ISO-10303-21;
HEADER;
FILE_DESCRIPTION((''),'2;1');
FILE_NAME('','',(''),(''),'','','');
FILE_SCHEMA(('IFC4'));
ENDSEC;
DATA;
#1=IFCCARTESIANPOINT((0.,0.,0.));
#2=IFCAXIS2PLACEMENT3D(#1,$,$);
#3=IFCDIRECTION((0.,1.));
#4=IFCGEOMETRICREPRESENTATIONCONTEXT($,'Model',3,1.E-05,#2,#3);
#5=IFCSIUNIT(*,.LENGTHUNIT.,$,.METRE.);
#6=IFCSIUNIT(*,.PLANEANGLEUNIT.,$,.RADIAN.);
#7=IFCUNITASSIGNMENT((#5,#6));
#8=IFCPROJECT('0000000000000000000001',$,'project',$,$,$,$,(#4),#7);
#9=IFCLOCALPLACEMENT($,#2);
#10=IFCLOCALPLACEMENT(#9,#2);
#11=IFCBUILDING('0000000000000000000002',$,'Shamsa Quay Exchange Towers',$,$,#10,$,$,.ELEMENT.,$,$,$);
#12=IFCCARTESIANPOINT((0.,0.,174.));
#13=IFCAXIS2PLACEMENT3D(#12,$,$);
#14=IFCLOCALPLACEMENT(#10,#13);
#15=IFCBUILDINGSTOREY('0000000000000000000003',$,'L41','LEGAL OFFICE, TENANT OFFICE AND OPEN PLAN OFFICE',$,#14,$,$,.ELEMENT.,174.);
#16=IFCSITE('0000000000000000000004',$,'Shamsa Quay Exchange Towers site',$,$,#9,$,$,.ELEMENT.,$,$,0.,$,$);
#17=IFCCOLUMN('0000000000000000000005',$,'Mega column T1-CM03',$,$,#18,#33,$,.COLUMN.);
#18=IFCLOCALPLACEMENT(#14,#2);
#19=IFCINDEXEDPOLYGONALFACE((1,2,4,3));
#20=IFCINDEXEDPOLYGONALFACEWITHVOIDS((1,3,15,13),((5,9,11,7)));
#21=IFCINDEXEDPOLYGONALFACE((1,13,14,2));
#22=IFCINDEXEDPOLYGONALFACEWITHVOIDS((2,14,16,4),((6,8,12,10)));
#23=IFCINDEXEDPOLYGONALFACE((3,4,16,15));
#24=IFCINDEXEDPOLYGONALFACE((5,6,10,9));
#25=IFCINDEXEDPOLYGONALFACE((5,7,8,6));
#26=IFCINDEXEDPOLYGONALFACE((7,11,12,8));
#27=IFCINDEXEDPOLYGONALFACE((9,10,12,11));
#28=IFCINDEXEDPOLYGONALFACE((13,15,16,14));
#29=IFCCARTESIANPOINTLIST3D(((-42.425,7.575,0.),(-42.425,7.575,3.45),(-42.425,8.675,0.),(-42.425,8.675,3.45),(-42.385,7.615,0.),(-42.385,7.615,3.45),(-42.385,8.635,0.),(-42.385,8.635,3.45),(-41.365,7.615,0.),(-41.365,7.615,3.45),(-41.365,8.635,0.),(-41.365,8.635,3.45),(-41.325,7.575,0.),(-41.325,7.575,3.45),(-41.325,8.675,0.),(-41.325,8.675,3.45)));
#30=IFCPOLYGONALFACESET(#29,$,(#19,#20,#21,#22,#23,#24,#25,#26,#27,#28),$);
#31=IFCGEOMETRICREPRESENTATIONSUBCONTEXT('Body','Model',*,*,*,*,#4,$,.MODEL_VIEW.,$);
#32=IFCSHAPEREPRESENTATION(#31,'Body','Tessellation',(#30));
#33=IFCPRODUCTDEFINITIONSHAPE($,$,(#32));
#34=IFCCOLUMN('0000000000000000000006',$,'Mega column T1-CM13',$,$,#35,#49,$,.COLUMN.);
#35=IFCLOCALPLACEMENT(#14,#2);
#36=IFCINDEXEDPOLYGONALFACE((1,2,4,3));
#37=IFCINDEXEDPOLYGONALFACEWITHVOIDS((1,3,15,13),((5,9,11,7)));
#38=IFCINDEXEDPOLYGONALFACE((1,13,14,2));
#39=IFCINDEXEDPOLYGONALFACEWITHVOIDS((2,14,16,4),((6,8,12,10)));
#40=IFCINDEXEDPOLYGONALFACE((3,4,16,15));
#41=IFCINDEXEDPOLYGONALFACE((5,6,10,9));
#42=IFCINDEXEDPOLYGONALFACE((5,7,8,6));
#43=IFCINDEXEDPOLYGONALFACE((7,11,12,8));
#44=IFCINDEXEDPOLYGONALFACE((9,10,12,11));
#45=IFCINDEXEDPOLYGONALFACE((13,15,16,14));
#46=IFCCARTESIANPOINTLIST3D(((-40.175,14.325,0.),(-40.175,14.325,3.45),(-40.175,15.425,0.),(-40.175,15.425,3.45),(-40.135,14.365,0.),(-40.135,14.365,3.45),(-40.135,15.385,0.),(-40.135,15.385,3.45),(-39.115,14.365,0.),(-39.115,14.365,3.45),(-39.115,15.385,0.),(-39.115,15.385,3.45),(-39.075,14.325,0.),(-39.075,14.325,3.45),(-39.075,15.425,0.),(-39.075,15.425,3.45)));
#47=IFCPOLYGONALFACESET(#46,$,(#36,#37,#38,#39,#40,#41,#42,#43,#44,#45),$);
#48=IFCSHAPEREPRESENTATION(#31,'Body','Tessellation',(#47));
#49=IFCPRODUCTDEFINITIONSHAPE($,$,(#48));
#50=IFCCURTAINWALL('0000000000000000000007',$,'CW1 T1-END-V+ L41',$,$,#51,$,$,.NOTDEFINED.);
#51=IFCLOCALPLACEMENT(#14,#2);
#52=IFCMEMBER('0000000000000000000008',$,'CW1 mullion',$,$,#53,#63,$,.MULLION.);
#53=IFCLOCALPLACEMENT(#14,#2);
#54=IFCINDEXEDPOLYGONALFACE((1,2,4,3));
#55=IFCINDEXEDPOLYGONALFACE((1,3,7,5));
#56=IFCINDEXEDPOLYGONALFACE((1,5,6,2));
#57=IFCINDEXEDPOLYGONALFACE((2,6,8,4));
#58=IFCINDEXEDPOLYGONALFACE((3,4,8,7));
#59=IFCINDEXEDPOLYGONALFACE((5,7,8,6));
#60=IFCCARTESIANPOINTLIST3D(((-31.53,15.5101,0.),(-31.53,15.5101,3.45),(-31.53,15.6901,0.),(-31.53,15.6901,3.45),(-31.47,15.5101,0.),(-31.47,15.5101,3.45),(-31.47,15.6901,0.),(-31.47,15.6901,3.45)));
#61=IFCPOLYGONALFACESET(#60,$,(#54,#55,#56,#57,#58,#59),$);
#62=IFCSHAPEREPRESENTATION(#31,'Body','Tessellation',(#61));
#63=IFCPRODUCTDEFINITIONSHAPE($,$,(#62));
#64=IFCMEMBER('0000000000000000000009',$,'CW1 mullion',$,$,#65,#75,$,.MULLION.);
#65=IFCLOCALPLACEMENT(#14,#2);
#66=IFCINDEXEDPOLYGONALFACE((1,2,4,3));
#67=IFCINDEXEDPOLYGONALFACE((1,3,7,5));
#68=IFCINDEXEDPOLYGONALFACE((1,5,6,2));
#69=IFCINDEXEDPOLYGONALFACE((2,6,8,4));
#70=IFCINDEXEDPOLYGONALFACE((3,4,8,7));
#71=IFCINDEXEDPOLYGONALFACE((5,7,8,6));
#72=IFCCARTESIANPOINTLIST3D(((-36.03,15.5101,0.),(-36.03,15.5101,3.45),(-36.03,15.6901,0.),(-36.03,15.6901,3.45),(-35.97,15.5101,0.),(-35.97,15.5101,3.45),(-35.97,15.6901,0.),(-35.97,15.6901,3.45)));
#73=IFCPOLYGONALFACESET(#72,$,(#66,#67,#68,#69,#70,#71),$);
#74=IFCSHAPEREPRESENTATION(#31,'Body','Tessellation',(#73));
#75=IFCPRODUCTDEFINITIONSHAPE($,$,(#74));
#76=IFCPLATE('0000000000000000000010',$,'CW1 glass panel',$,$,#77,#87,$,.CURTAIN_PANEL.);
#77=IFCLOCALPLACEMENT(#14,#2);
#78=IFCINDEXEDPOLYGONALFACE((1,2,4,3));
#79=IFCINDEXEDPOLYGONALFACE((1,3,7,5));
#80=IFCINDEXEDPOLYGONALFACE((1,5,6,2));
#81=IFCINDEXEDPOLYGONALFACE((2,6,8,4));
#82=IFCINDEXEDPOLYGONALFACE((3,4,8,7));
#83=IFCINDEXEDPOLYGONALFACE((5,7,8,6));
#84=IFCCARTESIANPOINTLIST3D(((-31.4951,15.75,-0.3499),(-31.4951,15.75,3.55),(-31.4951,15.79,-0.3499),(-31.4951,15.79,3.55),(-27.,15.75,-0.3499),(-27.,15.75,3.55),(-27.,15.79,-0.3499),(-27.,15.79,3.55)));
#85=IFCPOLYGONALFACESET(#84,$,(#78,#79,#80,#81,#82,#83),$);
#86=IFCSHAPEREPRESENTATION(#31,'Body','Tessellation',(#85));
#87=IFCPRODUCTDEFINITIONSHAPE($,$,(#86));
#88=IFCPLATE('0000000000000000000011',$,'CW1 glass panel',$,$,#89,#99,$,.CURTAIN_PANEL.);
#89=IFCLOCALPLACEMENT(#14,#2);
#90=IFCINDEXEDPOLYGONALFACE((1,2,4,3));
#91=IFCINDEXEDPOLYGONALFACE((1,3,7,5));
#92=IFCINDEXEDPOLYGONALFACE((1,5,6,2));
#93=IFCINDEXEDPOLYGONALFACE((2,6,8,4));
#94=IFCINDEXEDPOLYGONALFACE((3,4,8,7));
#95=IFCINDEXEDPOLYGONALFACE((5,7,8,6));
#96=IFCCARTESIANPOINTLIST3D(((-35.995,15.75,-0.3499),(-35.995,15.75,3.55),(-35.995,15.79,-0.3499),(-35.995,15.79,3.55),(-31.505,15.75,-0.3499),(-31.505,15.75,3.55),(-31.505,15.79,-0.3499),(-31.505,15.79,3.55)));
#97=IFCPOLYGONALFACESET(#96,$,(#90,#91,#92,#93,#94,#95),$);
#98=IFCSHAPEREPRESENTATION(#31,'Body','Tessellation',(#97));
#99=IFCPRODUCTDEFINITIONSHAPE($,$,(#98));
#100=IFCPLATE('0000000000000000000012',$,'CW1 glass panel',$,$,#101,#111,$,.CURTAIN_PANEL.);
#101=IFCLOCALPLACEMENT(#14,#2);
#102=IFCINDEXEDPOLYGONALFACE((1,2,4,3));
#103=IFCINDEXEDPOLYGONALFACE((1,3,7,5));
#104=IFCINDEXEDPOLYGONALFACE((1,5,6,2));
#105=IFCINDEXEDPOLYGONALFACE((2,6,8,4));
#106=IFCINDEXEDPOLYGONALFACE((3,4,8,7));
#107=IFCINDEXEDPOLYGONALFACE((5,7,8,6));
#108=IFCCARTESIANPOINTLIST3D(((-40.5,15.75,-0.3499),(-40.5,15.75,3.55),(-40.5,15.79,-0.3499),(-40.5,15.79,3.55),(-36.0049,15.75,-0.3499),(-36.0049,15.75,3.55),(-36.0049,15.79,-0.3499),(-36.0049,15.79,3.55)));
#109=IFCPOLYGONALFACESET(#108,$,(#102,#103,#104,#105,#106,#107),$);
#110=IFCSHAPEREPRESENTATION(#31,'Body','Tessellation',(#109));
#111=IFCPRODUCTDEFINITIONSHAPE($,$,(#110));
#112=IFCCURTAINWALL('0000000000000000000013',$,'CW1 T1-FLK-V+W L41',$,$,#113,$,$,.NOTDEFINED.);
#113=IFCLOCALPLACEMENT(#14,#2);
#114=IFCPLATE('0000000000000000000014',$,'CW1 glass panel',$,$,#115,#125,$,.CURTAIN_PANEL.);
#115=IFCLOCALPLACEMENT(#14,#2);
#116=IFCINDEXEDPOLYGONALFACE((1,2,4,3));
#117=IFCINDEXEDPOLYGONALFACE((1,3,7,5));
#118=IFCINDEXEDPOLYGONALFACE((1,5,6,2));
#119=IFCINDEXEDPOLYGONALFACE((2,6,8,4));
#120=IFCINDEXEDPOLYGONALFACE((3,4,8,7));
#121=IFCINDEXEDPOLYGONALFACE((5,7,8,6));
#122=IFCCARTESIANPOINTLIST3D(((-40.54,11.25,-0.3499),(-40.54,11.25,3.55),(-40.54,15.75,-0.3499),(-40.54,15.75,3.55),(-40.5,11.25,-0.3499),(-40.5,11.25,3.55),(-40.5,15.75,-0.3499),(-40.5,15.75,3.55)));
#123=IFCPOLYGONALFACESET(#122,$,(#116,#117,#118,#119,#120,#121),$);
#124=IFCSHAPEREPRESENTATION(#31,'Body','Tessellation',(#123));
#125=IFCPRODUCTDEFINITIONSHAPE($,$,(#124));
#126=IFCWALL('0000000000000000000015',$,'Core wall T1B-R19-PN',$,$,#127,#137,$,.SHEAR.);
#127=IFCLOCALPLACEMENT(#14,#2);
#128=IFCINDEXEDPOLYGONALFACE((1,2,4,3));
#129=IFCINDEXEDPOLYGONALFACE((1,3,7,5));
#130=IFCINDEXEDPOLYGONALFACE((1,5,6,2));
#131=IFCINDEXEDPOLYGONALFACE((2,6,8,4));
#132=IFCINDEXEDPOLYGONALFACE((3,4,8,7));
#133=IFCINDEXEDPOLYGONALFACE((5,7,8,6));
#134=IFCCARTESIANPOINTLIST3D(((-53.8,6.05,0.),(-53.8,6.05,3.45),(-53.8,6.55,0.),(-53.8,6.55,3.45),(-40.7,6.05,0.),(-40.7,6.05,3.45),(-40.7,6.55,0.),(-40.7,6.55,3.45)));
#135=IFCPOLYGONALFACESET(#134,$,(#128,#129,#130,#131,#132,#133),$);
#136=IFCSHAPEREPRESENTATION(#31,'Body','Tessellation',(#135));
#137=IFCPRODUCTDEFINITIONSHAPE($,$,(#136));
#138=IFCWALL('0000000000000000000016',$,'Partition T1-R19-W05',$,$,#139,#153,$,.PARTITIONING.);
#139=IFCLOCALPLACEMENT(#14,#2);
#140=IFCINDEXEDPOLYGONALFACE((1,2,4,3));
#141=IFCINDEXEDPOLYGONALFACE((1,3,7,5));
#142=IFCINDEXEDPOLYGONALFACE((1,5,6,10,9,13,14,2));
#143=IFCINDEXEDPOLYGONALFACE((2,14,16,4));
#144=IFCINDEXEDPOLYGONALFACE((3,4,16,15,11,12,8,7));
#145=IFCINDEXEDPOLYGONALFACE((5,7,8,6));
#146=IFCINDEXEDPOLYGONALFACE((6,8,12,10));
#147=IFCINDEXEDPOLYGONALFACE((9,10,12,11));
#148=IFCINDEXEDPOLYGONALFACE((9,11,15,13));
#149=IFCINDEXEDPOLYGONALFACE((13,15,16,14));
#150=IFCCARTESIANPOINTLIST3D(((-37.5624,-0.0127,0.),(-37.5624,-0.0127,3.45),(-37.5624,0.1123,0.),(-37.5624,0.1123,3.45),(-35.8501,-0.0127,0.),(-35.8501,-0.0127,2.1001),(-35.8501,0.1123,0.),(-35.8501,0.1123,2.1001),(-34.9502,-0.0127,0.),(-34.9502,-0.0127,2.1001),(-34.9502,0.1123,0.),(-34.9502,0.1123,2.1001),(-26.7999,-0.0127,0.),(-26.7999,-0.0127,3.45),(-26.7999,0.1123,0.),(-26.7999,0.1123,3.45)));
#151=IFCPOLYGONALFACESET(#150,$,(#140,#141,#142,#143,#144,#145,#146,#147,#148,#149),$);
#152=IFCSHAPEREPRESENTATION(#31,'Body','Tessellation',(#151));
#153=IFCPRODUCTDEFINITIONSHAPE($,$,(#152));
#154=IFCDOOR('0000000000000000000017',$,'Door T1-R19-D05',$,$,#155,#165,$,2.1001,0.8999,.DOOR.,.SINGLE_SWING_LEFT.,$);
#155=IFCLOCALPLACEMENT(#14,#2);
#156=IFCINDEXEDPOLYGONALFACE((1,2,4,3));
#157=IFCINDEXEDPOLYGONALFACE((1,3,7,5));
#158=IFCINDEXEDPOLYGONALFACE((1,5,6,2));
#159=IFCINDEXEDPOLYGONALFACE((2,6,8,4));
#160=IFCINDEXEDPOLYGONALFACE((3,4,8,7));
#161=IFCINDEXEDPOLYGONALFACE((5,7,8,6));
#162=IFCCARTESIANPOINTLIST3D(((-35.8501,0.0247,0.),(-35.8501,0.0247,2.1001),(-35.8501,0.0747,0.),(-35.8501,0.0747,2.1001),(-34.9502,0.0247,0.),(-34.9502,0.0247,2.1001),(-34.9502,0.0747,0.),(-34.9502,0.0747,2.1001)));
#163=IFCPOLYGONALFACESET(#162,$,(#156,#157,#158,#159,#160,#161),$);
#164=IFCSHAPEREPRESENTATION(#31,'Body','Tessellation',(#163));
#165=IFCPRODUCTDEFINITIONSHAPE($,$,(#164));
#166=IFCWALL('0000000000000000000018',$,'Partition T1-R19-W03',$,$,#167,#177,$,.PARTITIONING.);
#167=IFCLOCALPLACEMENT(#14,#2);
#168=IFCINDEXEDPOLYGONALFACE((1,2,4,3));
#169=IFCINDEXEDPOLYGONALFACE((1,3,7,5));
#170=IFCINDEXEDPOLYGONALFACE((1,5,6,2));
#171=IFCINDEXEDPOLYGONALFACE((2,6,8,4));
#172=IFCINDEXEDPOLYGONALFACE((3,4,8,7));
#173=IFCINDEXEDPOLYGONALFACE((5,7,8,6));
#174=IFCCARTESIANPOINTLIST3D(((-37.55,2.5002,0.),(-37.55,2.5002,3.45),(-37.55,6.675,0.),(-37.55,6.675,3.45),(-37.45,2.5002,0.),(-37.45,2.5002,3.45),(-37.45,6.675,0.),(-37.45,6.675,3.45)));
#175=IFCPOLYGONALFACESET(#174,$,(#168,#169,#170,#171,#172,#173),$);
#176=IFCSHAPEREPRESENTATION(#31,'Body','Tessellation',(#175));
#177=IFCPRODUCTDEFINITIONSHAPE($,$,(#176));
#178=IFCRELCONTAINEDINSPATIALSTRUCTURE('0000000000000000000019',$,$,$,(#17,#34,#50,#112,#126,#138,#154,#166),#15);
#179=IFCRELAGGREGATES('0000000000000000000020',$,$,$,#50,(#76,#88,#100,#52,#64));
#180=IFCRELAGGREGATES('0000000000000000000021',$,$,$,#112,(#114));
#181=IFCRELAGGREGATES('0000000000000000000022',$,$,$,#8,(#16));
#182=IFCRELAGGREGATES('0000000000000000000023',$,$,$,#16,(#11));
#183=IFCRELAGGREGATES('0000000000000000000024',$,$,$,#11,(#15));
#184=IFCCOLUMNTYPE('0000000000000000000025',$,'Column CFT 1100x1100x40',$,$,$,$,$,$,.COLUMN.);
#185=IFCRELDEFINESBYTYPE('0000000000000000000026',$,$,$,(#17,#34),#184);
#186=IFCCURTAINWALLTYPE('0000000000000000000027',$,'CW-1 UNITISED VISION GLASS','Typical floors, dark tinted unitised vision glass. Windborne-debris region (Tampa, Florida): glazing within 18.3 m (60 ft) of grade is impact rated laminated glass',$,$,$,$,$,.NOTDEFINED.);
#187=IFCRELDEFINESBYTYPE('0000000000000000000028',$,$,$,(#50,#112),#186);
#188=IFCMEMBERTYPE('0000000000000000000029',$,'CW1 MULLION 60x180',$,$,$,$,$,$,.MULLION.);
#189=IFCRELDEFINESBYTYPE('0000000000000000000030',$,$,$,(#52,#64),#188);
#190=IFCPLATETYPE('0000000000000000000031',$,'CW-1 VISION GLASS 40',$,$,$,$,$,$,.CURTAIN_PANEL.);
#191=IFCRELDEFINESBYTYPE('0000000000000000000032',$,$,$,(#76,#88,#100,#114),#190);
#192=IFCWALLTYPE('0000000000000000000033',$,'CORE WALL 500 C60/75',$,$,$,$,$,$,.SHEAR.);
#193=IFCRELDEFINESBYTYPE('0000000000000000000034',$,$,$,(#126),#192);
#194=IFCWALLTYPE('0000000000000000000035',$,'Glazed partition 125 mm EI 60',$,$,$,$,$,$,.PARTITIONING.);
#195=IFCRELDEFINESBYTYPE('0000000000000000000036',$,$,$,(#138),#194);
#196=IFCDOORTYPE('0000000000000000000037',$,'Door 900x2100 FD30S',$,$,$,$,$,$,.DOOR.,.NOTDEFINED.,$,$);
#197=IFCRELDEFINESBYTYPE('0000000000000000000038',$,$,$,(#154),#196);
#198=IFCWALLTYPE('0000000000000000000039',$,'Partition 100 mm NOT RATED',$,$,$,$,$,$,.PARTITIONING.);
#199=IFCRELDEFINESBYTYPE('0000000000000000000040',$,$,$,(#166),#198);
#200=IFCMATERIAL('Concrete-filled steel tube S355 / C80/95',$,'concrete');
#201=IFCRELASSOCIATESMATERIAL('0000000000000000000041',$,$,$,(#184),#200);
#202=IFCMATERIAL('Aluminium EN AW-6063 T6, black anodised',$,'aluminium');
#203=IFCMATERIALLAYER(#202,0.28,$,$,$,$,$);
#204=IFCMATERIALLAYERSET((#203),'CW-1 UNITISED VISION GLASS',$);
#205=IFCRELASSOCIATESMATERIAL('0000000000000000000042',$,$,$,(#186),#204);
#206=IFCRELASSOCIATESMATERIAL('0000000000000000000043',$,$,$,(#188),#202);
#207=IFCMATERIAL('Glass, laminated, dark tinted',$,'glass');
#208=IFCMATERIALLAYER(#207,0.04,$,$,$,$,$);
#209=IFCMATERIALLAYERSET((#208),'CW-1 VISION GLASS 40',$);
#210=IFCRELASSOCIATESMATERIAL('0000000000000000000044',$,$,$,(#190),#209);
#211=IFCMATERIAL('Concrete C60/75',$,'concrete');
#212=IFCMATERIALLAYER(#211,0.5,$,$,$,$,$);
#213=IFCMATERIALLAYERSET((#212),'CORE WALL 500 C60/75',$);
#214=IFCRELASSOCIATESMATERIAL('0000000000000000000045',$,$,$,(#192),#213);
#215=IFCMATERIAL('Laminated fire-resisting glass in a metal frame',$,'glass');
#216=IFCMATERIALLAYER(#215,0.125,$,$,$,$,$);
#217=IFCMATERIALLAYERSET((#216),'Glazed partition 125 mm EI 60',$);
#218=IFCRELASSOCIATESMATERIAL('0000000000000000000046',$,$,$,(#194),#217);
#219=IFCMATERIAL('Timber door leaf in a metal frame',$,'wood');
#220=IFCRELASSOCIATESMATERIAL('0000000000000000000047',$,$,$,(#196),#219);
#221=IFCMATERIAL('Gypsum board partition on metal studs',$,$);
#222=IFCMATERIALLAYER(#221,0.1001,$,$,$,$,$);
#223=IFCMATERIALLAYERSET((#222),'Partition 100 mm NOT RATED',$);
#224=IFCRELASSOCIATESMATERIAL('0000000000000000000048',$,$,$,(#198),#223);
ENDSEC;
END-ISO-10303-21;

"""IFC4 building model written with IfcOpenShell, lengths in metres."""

from ifc_helpers import new_model, si_unit, direction, frame, frame_2d, origin, origin_2d, place, context, subcontext, project, spatial, rectangle, hollow_rectangle, extrude, material, layer, layer_set, material_profile, profile_set, type_object, element, fill, aggregate, save


model = new_model("IFC4")

# Units and contexts
model_context = context("Model", 3, precision=1e-05, world=origin(), true_north=direction((0.0, 1.0)))
body_context = subcontext(model_context, "Body", "Model", "MODEL_VIEW")
ifc_project = project(units=[si_unit("LENGTHUNIT", "METRE"), si_unit("PLANEANGLEUNIT", "RADIAN")], contexts=[model_context])

# Site, building, storey
site_placement = place(None, origin())
site = spatial("IfcSite", under=ifc_project, at=site_placement, Name="Shamsa Quay Exchange Towers site", CompositionType="ELEMENT", RefElevation=0.0)
building_placement = place(site_placement, origin())
building = spatial("IfcBuilding", under=site, at=building_placement, Name="Shamsa Quay Exchange Towers", CompositionType="ELEMENT")
storey_placement = place(building_placement, frame((0.0, 0.0, 174.0)))
storey = spatial("IfcBuildingStorey", under=building, at=storey_placement, Name="L41", Description="LEGAL OFFICE, TENANT OFFICE AND OPEN PLAN OFFICE", CompositionType="ELEMENT", Elevation=174.0)

# Columns
ifc_material_1 = material(Name="Concrete-filled steel tube S355 / C80/95", Category="concrete")
ifc_material_profile_1 = material_profile(ifc_material_1, hollow_rectangle(XDim=1.1001, YDim=1.1001, WallThickness=0.04, at=origin_2d()), Name="CFT 1100x1100x40")
ifc_profile_set_1 = profile_set([ifc_material_profile_1], Name="Concrete-filled steel tube S355 / C80/95")
column_type = type_object("IfcColumnType", Name="Column CFT 1100x1100x40", PredefinedType="COLUMN", material=ifc_profile_set_1)
for number, where, name in (
    (1, (-41.875, 8.125, 0.0), "Mega column T1-CM03"),
    (2, (-39.625, 14.875, 0.0), "Mega column T1-CM13"),
):
    element("IfcColumn", number, at=place(storey_placement, frame(where)), inside=storey, type_object=column_type, Name=name, PredefinedType="COLUMN", context=body_context, shape_type="SweptSolid", body=[
        extrude(hollow_rectangle(XDim=1.1001, YDim=1.1001, WallThickness=0.04, at=origin_2d()), origin(), (0.0, 0.0, 1.0), 3.45),
    ])

# Curtain wall, members, plates
ifc_material_2 = material(Name="Aluminium EN AW-6063 T6, black anodised", Category="aluminium")
ifc_layer_1 = layer(ifc_material_2, 0.28)
ifc_layer_set_1 = layer_set([ifc_layer_1], Name="CW-1 UNITISED VISION GLASS")
curtain_wall_type = type_object("IfcCurtainWallType", Name="CW-1 UNITISED VISION GLASS", Description="Typical floors, dark tinted unitised vision glass. Windborne-debris region (Tampa, Florida): glazing within 18.3 m (60 ft) of grade is impact rated laminated glass", PredefinedType="NOTDEFINED", material=ifc_layer_set_1)
curtain_wall_1_placement = place(storey_placement, origin())
curtain_wall_1 = element("IfcCurtainWall", 3, at=curtain_wall_1_placement, inside=storey, type_object=curtain_wall_type, Name="CW1 T1-END-V+ L41", PredefinedType="NOTDEFINED")
ifc_material_profile_2 = material_profile(ifc_material_2, rectangle(XDim=0.1799, YDim=0.0601, at=origin_2d()), Name="MU60x180")
ifc_profile_set_2 = profile_set([ifc_material_profile_2], Name="Aluminium EN AW-6063 T6, black anodised")
member_type = type_object("IfcMemberType", Name="CW1 MULLION 60x180", PredefinedType="MULLION", material=ifc_profile_set_2)
member_1_placement = place(storey_placement, frame((-31.5, 15.6001, 0.0), z_axis=(0.0, 0.0, 1.0), x_axis=(0.0, -1.0, 0.0)))
member_1 = element("IfcMember", 4, at=member_1_placement, type_object=member_type, Name="CW1 mullion", PredefinedType="MULLION", context=body_context, shape_type="SweptSolid", body=[
    extrude(rectangle(XDim=0.1799, YDim=0.0601, at=origin_2d()), origin(), (0.0, 0.0, 1.0), 3.45),
])
member_2_placement = place(storey_placement, frame((-36.0, 15.6001, 0.0), z_axis=(0.0, 0.0, 1.0), x_axis=(0.0, -1.0, 0.0)))
member_2 = element("IfcMember", 5, at=member_2_placement, type_object=member_type, Name="CW1 mullion", PredefinedType="MULLION", context=body_context, shape_type="SweptSolid", body=[
    extrude(rectangle(XDim=0.1799, YDim=0.0601, at=origin_2d()), origin(), (0.0, 0.0, 1.0), 3.45),
])
ifc_material_3 = material(Name="Glass, laminated, dark tinted", Category="glass")
ifc_layer_2 = layer(ifc_material_3, 0.04)
ifc_layer_set_2 = layer_set([ifc_layer_2], Name="CW-1 VISION GLASS 40")
plate_type = type_object("IfcPlateType", Name="CW-1 VISION GLASS 40", PredefinedType="CURTAIN_PANEL", material=ifc_layer_set_2)
plate_1_placement = place(storey_placement, frame((-29.2476, 15.77, -0.3499), z_axis=(0.0, 0.0, 1.0), x_axis=(-1.0, 0.0, 0.0)))
plate_1 = element("IfcPlate", 6, at=plate_1_placement, type_object=plate_type, Name="CW1 glass panel", PredefinedType="CURTAIN_PANEL", context=body_context, shape_type="SweptSolid", body=[
    extrude(rectangle(XDim=4.4951, YDim=0.04, at=origin_2d()), origin(), (0.0, 0.0, 1.0), 3.8999),
])
plate_2_placement = place(storey_placement, frame((-33.75, 15.77, -0.3499), z_axis=(0.0, 0.0, 1.0), x_axis=(-1.0, 0.0, 0.0)))
plate_2 = element("IfcPlate", 7, at=plate_2_placement, type_object=plate_type, Name="CW1 glass panel", PredefinedType="CURTAIN_PANEL", context=body_context, shape_type="SweptSolid", body=[
    extrude(rectangle(XDim=4.49, YDim=0.04, at=origin_2d()), origin(), (0.0, 0.0, 1.0), 3.8999),
])
plate_3_placement = place(storey_placement, frame((-38.2524, 15.77, -0.3499), z_axis=(0.0, 0.0, 1.0), x_axis=(-1.0, 0.0, 0.0)))
plate_3 = element("IfcPlate", 8, at=plate_3_placement, type_object=plate_type, Name="CW1 glass panel", PredefinedType="CURTAIN_PANEL", context=body_context, shape_type="SweptSolid", body=[
    extrude(rectangle(XDim=4.4951, YDim=0.04, at=origin_2d()), origin(), (0.0, 0.0, 1.0), 3.8999),
])
aggregate(curtain_wall_1, [plate_1, plate_2, plate_3, member_1, member_2])

# Curtain wall, plate
curtain_wall_2_placement = place(storey_placement, origin())
curtain_wall_2 = element("IfcCurtainWall", 9, at=curtain_wall_2_placement, inside=storey, type_object=curtain_wall_type, Name="CW1 T1-FLK-V+W L41", PredefinedType="NOTDEFINED")
plate_4_placement = place(storey_placement, frame((-40.52, 13.5, -0.3499), z_axis=(0.0, 0.0, 1.0), x_axis=(0.0, -1.0, 0.0)))
plate_4 = element("IfcPlate", 10, at=plate_4_placement, type_object=plate_type, Name="CW1 glass panel", PredefinedType="CURTAIN_PANEL", context=body_context, shape_type="SweptSolid", body=[
    extrude(rectangle(XDim=4.5, YDim=0.04, at=origin_2d()), origin(), (0.0, 0.0, 1.0), 3.8999),
])
aggregate(curtain_wall_2, [plate_4])

# Wall
ifc_material_4 = material(Name="Concrete C60/75", Category="concrete")
ifc_layer_3 = layer(ifc_material_4, 0.5)
ifc_layer_set_3 = layer_set([ifc_layer_3], Name="CORE WALL 500 C60/75")
wall_type_1 = type_object("IfcWallType", Name="CORE WALL 500 C60/75", PredefinedType="SHEAR", material=ifc_layer_set_3)
wall_1_placement = place(storey_placement, frame((-40.7, 6.3, 0.0), z_axis=(0.0, 0.0, 1.0), x_axis=(-1.0, 0.0, 0.0)))
element("IfcWall", 11, at=wall_1_placement, inside=storey, type_object=wall_type_1, Name="Core wall T1B-R19-PN", PredefinedType="SHEAR", context=body_context, shape_type="SweptSolid", body=[
    extrude(rectangle(XDim=13.1001, YDim=0.5, at=frame_2d((6.55, 0.0))), origin(), (0.0, 0.0, 1.0), 3.45),
])

# Wall, opening, door
ifc_material_5 = material(Name="Laminated fire-resisting glass in a metal frame", Category="glass")
ifc_layer_4 = layer(ifc_material_5, 0.125)
ifc_layer_set_4 = layer_set([ifc_layer_4], Name="Glazed partition 125 mm EI 60")
wall_type_2 = type_object("IfcWallType", Name="Glazed partition 125 mm EI 60", PredefinedType="PARTITIONING", material=ifc_layer_set_4)
wall_2_placement = place(storey_placement, frame((-37.5625, 0.0498, 0.0)))
wall_2 = element("IfcWall", 12, at=wall_2_placement, inside=storey, type_object=wall_type_2, Name="Partition T1-R19-W05", PredefinedType="PARTITIONING", context=body_context, shape_type="SweptSolid", body=[
    extrude(rectangle(XDim=10.7625, YDim=0.125, at=frame_2d((5.3813, 0.0))), origin(), (0.0, 0.0, 1.0), 3.45),
])
opening_1_placement = place(wall_2_placement, frame((1.7124, 0.0, 0.0)))
opening_1 = element("IfcOpeningElement", 13, at=opening_1_placement, cuts=wall_2, PredefinedType="OPENING", context=body_context, shape_type="SweptSolid", body=[
    extrude(rectangle(XDim=0.8999, YDim=2.1001, at=frame_2d((0.45, 1.05))), frame((0.0, 0.0725, 0.0), z_axis=(0.0, -1.0, 0.0), x_axis=(1.0, 0.0, 0.0)), (0.0, 0.0, 1.0), 0.145),
])
ifc_material_6 = material(Name="Timber door leaf in a metal frame", Category="wood")
door_type_1 = type_object("IfcDoorType", Name="Door 900x2100 FD30S", OperationType="NOTDEFINED", PredefinedType="DOOR", material=ifc_material_6)
door_1_placement = place(opening_1_placement, origin())
door_1 = element("IfcDoor", 14, at=door_1_placement, inside=storey, type_object=door_type_1, Name="Door T1-R19-D05", OperationType="SINGLE_SWING_LEFT", OverallHeight=2.1001, OverallWidth=0.8999, PredefinedType="DOOR", context=body_context, shape_type="SweptSolid", body=[
    extrude(rectangle(XDim=0.8999, YDim=2.1001, at=frame_2d((0.45, 1.05))), frame((0.0, 0.0249, 0.0), z_axis=(0.0, -1.0, 0.0), x_axis=(1.0, 0.0, 0.0)), (0.0, 0.0, 1.0), 0.05),
])
fill(opening_1, door_1)

# Wall
ifc_material_7 = material(Name="Gypsum board partition on metal studs")
ifc_layer_5 = layer(ifc_material_7, 0.1001)
ifc_layer_set_5 = layer_set([ifc_layer_5], Name="Partition 100 mm NOT RATED")
wall_type_3 = type_object("IfcWallType", Name="Partition 100 mm NOT RATED", PredefinedType="PARTITIONING", material=ifc_layer_set_5)
wall_3_placement = place(storey_placement, frame((-37.5, 6.675, 0.0), z_axis=(0.0, 0.0, 1.0), x_axis=(0.0, -1.0, 0.0)))
element("IfcWall", 15, at=wall_3_placement, inside=storey, type_object=wall_type_3, Name="Partition T1-R19-W03", PredefinedType="PARTITIONING", context=body_context, shape_type="SweptSolid", body=[
    extrude(rectangle(XDim=4.1748, YDim=0.1001, at=frame_2d((2.0874, 0.0))), origin(), (0.0, 0.0, 1.0), 3.45),
])

save(model, "model.ifc")
